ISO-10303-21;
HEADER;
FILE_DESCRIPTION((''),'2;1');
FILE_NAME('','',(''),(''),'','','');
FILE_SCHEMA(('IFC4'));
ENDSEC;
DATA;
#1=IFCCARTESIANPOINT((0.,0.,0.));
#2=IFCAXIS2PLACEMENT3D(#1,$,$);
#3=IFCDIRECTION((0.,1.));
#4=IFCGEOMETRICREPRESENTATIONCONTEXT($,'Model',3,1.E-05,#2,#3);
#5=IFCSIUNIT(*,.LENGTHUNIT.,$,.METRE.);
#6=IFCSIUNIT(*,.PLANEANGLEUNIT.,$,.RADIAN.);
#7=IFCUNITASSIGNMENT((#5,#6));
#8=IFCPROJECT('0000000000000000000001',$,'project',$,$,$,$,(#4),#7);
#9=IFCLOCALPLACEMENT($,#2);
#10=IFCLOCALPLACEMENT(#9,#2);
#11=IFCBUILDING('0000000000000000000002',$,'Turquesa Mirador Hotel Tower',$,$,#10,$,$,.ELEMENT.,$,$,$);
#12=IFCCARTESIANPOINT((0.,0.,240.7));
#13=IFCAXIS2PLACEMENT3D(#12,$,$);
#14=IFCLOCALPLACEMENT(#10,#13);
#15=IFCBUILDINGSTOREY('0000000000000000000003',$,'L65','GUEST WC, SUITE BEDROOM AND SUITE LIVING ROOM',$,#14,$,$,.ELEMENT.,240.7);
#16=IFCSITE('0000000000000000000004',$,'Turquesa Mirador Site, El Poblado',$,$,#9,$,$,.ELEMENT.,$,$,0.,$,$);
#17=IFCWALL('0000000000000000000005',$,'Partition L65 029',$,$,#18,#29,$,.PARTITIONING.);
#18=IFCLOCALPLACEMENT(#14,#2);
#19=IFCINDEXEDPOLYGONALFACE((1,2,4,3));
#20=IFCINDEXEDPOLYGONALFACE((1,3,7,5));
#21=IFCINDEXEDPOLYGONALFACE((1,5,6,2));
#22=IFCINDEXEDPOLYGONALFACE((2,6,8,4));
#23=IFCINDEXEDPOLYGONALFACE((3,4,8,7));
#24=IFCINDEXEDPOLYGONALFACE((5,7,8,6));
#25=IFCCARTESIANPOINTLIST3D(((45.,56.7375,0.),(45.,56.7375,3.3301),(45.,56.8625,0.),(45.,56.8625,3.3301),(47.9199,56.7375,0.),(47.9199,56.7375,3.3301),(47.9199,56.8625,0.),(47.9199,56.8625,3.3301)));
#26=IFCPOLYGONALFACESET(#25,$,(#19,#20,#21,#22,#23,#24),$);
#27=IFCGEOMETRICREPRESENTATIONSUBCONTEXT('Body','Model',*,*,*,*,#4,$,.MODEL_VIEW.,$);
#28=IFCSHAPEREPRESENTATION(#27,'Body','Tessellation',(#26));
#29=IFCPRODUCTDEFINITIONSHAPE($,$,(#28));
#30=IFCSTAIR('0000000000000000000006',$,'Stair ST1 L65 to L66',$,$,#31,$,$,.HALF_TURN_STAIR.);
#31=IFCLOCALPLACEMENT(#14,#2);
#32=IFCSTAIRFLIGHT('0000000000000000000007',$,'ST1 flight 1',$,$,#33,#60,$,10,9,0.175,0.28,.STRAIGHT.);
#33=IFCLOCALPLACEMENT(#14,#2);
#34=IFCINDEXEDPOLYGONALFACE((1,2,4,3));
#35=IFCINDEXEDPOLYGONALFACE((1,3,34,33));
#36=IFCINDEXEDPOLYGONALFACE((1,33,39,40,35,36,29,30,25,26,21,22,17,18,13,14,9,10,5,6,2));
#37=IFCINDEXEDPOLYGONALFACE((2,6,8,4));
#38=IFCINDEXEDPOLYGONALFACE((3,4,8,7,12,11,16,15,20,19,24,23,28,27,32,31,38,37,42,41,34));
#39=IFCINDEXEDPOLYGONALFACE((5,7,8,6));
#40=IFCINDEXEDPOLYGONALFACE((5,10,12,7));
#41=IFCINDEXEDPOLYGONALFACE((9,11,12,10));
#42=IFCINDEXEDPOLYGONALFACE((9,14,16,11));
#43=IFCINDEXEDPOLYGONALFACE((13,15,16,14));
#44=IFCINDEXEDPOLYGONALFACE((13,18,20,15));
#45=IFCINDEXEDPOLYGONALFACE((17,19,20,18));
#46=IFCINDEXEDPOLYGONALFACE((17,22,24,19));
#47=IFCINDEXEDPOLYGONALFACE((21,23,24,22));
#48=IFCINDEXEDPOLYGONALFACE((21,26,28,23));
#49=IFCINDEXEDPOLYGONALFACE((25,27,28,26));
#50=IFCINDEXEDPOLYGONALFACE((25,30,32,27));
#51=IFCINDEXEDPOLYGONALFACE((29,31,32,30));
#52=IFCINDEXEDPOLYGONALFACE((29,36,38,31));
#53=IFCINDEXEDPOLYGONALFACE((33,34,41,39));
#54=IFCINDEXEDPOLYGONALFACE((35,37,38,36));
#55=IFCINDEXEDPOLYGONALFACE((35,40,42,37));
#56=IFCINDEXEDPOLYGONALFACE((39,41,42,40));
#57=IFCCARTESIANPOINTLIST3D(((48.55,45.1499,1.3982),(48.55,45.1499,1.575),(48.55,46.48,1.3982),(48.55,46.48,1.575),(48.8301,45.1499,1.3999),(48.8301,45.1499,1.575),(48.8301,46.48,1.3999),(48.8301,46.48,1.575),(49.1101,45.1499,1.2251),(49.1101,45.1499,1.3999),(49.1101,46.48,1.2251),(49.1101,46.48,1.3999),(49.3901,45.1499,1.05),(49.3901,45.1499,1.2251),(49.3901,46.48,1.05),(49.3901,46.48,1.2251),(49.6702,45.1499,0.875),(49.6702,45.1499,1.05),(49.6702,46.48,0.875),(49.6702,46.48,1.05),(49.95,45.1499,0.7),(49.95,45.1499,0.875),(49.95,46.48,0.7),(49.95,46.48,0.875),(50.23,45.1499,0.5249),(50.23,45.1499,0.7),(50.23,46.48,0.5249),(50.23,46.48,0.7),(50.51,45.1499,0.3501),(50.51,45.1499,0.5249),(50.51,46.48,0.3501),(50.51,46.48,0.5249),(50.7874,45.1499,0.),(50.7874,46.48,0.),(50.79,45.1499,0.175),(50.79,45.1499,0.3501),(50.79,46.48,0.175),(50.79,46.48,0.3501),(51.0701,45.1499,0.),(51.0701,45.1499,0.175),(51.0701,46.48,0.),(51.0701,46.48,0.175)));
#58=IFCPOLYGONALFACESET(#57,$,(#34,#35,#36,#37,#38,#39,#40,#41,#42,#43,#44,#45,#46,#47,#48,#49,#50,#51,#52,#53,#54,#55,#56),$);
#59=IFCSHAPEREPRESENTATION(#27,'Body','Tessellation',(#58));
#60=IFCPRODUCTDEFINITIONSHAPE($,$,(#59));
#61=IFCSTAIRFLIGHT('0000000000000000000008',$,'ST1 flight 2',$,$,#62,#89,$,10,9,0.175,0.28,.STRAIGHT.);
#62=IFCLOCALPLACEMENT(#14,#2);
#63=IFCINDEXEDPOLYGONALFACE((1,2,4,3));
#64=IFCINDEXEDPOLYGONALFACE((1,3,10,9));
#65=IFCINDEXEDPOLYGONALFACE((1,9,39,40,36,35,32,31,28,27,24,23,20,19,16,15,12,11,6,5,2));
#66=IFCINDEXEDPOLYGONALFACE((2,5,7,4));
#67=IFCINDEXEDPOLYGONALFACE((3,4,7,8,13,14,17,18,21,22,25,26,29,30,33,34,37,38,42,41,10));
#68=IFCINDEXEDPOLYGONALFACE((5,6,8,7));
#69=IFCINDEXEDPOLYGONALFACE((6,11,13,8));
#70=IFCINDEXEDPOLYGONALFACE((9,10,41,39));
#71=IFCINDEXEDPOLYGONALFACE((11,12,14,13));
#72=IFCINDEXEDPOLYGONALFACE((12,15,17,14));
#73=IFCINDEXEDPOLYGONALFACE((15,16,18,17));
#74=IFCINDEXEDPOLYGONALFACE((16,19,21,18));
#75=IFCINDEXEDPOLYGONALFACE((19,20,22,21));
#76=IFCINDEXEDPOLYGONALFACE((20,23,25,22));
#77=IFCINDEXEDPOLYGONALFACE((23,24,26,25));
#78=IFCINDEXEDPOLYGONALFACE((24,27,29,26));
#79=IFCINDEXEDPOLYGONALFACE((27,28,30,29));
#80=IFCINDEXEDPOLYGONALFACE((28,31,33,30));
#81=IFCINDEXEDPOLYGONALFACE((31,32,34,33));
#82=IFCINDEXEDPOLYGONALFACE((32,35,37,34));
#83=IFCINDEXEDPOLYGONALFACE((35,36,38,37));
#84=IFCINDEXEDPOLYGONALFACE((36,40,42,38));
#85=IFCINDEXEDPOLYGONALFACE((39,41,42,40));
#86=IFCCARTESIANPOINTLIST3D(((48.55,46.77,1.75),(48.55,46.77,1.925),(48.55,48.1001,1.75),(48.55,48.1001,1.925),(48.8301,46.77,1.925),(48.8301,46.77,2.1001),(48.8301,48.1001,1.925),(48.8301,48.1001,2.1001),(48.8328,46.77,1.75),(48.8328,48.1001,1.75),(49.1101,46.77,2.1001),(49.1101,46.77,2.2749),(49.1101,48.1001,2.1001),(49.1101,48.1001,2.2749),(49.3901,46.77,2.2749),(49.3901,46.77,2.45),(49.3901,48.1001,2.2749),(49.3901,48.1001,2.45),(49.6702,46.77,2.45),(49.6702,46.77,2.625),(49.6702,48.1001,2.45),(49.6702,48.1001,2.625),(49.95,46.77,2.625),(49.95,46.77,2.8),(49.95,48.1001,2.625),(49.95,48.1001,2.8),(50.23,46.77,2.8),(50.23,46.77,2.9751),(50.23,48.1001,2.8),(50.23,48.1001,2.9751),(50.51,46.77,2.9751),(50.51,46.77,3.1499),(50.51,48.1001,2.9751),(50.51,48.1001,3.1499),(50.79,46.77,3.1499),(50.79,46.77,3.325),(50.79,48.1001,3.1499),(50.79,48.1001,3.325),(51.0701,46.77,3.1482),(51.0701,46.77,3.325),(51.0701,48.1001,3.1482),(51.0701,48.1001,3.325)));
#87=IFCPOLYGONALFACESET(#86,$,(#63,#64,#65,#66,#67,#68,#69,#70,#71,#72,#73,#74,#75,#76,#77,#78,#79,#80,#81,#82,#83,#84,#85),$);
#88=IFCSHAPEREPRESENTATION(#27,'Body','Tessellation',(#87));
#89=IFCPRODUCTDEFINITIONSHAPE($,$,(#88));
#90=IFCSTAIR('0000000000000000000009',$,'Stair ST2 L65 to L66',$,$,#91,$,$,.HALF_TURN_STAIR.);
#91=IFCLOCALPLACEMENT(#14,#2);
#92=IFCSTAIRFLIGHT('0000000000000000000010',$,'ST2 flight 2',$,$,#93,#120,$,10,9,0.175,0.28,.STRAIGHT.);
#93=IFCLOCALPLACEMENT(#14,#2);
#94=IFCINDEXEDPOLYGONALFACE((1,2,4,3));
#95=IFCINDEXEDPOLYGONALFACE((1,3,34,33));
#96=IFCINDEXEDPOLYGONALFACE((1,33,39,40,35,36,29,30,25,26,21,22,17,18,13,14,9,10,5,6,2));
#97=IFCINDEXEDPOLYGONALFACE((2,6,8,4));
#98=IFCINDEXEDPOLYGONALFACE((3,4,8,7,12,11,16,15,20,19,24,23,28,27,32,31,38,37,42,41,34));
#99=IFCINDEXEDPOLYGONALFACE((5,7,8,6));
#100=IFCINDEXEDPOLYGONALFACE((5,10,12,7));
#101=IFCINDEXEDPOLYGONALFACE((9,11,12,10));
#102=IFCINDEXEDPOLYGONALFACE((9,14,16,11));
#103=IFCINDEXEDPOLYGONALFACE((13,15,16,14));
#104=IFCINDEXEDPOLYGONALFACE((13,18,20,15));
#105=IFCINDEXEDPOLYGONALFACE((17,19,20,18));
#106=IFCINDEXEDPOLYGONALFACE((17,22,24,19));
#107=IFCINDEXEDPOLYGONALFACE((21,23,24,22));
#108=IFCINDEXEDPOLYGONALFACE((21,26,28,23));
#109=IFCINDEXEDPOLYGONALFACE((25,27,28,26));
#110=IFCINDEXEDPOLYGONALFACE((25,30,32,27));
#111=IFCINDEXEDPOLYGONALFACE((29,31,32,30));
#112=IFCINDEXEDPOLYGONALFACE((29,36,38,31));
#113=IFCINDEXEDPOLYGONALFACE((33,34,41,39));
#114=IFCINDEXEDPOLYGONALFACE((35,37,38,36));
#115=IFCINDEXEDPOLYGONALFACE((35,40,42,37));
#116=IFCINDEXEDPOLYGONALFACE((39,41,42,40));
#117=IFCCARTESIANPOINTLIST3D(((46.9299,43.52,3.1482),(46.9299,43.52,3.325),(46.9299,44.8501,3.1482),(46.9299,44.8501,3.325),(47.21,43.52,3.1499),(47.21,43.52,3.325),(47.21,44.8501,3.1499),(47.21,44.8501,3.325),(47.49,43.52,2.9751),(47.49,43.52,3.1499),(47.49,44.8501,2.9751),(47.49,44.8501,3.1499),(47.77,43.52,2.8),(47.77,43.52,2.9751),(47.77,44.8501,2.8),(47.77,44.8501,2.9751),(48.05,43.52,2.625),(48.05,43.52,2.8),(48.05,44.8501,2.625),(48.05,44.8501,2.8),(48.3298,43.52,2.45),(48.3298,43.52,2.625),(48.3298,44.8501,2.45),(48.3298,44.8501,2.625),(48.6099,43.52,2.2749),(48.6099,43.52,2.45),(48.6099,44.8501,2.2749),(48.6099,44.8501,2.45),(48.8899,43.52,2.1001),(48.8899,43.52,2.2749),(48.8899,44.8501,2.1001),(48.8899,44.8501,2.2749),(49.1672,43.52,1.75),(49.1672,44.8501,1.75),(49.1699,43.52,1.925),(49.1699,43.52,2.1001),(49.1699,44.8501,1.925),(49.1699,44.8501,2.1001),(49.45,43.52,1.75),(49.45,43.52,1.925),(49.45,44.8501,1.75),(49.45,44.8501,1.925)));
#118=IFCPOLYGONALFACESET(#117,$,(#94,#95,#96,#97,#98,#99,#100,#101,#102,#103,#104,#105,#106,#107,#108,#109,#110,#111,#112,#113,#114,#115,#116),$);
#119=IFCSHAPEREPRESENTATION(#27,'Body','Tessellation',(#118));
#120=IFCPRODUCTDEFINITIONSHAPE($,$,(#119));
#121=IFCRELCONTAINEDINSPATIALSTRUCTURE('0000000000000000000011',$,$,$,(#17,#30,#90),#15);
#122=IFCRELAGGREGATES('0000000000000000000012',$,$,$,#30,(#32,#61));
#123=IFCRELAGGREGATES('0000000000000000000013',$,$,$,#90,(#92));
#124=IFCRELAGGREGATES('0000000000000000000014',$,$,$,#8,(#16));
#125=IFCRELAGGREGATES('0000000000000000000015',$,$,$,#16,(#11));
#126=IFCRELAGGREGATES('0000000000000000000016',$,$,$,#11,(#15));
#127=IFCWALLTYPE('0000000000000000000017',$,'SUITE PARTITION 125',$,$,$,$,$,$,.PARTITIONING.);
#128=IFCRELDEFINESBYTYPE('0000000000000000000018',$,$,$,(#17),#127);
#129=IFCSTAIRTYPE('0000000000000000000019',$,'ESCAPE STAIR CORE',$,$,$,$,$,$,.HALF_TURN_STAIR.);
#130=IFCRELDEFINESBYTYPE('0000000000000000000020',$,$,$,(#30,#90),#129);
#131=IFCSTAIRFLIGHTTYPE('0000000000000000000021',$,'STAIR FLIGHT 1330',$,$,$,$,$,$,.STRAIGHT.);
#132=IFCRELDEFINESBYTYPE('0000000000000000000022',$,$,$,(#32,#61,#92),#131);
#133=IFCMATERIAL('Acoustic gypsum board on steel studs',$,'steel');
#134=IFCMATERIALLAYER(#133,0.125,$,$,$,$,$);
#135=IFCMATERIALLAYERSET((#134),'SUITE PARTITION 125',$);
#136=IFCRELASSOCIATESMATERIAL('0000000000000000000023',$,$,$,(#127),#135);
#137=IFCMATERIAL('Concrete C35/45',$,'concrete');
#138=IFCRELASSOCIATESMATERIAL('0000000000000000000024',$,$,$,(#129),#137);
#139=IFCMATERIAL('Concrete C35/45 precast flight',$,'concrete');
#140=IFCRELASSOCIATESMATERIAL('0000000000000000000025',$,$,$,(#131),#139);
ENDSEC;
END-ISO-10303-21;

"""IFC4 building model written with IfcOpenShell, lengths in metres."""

from ifc_helpers import new_model, si_unit, direction, frame, frame_2d, origin, place, context, subcontext, project, spatial, polyline, rectangle, outline, extrude, material, layer, layer_set, type_object, element, aggregate, save


model = new_model("IFC4")

# Units and contexts
model_context = context("Model", 3, precision=1e-05, world=origin(), true_north=direction((0.0, 1.0)))
body_context = subcontext(model_context, "Body", "Model", "MODEL_VIEW")
ifc_project = project(units=[si_unit("LENGTHUNIT", "METRE"), si_unit("PLANEANGLEUNIT", "RADIAN")], contexts=[model_context])

# Site, building, storey
site_placement = place(None, origin())
site = spatial("IfcSite", under=ifc_project, at=site_placement, Name="Turquesa Mirador Site, El Poblado", CompositionType="ELEMENT", RefElevation=0.0)
building_placement = place(site_placement, origin())
building = spatial("IfcBuilding", under=site, at=building_placement, Name="Turquesa Mirador Hotel Tower", CompositionType="ELEMENT")
storey_placement = place(building_placement, frame((0.0, 0.0, 240.7)))
storey = spatial("IfcBuildingStorey", under=building, at=storey_placement, Name="L65", Description="GUEST WC, SUITE BEDROOM AND SUITE LIVING ROOM", CompositionType="ELEMENT", Elevation=240.7)

# Wall
ifc_material_1 = material(Name="Acoustic gypsum board on steel studs", Category="steel")
ifc_layer_1 = layer(ifc_material_1, 0.125)
ifc_layer_set_1 = layer_set([ifc_layer_1], Name="SUITE PARTITION 125")
wall_type_1 = type_object("IfcWallType", Name="SUITE PARTITION 125", PredefinedType="PARTITIONING", material=ifc_layer_set_1)
wall_1_placement = place(storey_placement, frame((45.0, 56.8, 0.0), z_axis=(0.0, 0.0, 1.0), x_axis=(1.0, 0.0, 0.0)))
element("IfcWall", 1, at=wall_1_placement, inside=storey, type_object=wall_type_1, Name="Partition L65 029", PredefinedType="PARTITIONING", context=body_context, shape_type="SweptSolid", body=[
    extrude(rectangle(XDim=2.9199, YDim=0.125, at=frame_2d((1.46, 0.0))), origin(), (0.0, 0.0, 1.0), 3.3301),
])

# Stair, stair flights
ifc_material_2 = material(Name="Concrete C35/45", Category="concrete")
stair_type = type_object("IfcStairType", Name="ESCAPE STAIR CORE", PredefinedType="HALF_TURN_STAIR", material=ifc_material_2)
stair_1_placement = place(storey_placement, origin())
stair_1 = element("IfcStair", 2, at=stair_1_placement, inside=storey, type_object=stair_type, Name="Stair ST1 L65 to L66", PredefinedType="HALF_TURN_STAIR")
ifc_material_3 = material(Name="Concrete C35/45 precast flight", Category="concrete")
stair_flight_type = type_object("IfcStairFlightType", Name="STAIR FLIGHT 1330", PredefinedType="STRAIGHT", material=ifc_material_3)
stair_flight_1_placement = place(storey_placement, frame((51.0701, 45.8149, 0.0), z_axis=(0.0, 0.0, 1.0), x_axis=(-1.0, 0.0, 0.0)))
stair_flight_1 = element("IfcStairFlight", 3, at=stair_flight_1_placement, type_object=stair_flight_type, Name="ST1 flight 1", NumberOfRisers=10, NumberOfTreads=9, PredefinedType="STRAIGHT", RiserHeight=0.175, TreadLength=0.28, context=body_context, shape_type="SweptSolid", body=[
    extrude(outline(polyline([(0.0, 0.0), (0.0, 0.175), (0.28, 0.175), (0.28, 0.3501), (0.5601, 0.3501), (0.5601, 0.5249), (0.8401, 0.5249), (0.8401, 0.7), (1.1201, 0.7), (1.1201, 0.875), (1.3999, 0.875), (1.3999, 1.05), (1.6799, 1.05), (1.6799, 1.2251), (1.96, 1.2251), (1.96, 1.3999), (2.24, 1.3999), (2.24, 1.575), (2.52, 1.575), (2.52, 1.75), (2.52, 1.3982), (0.2827, 0.0), (0.0, 0.0)])), frame((0.0, 0.665, 0.0), z_axis=(0.0, -1.0, 0.0), x_axis=(1.0, 0.0, 0.0)), (0.0, 0.0, 1.0), 1.3301),
])
stair_flight_2_placement = place(storey_placement, frame((48.55, 47.4351, 1.75), z_axis=(0.0, 0.0, 1.0), x_axis=(1.0, 0.0, 0.0)))
stair_flight_2 = element("IfcStairFlight", 4, at=stair_flight_2_placement, type_object=stair_flight_type, Name="ST1 flight 2", NumberOfRisers=10, NumberOfTreads=9, PredefinedType="STRAIGHT", RiserHeight=0.175, TreadLength=0.28, context=body_context, shape_type="SweptSolid", body=[
    extrude(outline(polyline([(0.0, 0.0), (0.0, 0.175), (0.28, 0.175), (0.28, 0.3501), (0.5601, 0.3501), (0.5601, 0.5249), (0.8401, 0.5249), (0.8401, 0.7), (1.1201, 0.7), (1.1201, 0.875), (1.3999, 0.875), (1.3999, 1.05), (1.6799, 1.05), (1.6799, 1.2251), (1.96, 1.2251), (1.96, 1.3999), (2.24, 1.3999), (2.24, 1.575), (2.52, 1.575), (2.52, 1.75), (2.52, 1.3982), (0.2827, 0.0), (0.0, 0.0)])), frame((0.0, 0.665, 0.0), z_axis=(0.0, -1.0, 0.0), x_axis=(1.0, 0.0, 0.0)), (0.0, 0.0, 1.0), 1.3301),
])
aggregate(stair_1, [stair_flight_1, stair_flight_2])

# Stair, stair flight
stair_2_placement = place(storey_placement, origin())
stair_2 = element("IfcStair", 5, at=stair_2_placement, inside=storey, type_object=stair_type, Name="Stair ST2 L65 to L66", PredefinedType="HALF_TURN_STAIR")
stair_flight_3_placement = place(storey_placement, frame((49.45, 44.1851, 1.75), z_axis=(0.0, 0.0, 1.0), x_axis=(-1.0, 0.0, 0.0)))
stair_flight_3 = element("IfcStairFlight", 6, at=stair_flight_3_placement, type_object=stair_flight_type, Name="ST2 flight 2", NumberOfRisers=10, NumberOfTreads=9, PredefinedType="STRAIGHT", RiserHeight=0.175, TreadLength=0.28, context=body_context, shape_type="SweptSolid", body=[
    extrude(outline(polyline([(0.0, 0.0), (0.0, 0.175), (0.28, 0.175), (0.28, 0.3501), (0.5601, 0.3501), (0.5601, 0.5249), (0.8401, 0.5249), (0.8401, 0.7), (1.1201, 0.7), (1.1201, 0.875), (1.3999, 0.875), (1.3999, 1.05), (1.6799, 1.05), (1.6799, 1.2251), (1.96, 1.2251), (1.96, 1.3999), (2.24, 1.3999), (2.24, 1.575), (2.52, 1.575), (2.52, 1.75), (2.52, 1.3982), (0.2827, 0.0), (0.0, 0.0)])), frame((0.0, 0.665, 0.0), z_axis=(0.0, -1.0, 0.0), x_axis=(1.0, 0.0, 0.0)), (0.0, 0.0, 1.0), 1.3301),
])
aggregate(stair_2, [stair_flight_3])

save(model, "model.ifc")
